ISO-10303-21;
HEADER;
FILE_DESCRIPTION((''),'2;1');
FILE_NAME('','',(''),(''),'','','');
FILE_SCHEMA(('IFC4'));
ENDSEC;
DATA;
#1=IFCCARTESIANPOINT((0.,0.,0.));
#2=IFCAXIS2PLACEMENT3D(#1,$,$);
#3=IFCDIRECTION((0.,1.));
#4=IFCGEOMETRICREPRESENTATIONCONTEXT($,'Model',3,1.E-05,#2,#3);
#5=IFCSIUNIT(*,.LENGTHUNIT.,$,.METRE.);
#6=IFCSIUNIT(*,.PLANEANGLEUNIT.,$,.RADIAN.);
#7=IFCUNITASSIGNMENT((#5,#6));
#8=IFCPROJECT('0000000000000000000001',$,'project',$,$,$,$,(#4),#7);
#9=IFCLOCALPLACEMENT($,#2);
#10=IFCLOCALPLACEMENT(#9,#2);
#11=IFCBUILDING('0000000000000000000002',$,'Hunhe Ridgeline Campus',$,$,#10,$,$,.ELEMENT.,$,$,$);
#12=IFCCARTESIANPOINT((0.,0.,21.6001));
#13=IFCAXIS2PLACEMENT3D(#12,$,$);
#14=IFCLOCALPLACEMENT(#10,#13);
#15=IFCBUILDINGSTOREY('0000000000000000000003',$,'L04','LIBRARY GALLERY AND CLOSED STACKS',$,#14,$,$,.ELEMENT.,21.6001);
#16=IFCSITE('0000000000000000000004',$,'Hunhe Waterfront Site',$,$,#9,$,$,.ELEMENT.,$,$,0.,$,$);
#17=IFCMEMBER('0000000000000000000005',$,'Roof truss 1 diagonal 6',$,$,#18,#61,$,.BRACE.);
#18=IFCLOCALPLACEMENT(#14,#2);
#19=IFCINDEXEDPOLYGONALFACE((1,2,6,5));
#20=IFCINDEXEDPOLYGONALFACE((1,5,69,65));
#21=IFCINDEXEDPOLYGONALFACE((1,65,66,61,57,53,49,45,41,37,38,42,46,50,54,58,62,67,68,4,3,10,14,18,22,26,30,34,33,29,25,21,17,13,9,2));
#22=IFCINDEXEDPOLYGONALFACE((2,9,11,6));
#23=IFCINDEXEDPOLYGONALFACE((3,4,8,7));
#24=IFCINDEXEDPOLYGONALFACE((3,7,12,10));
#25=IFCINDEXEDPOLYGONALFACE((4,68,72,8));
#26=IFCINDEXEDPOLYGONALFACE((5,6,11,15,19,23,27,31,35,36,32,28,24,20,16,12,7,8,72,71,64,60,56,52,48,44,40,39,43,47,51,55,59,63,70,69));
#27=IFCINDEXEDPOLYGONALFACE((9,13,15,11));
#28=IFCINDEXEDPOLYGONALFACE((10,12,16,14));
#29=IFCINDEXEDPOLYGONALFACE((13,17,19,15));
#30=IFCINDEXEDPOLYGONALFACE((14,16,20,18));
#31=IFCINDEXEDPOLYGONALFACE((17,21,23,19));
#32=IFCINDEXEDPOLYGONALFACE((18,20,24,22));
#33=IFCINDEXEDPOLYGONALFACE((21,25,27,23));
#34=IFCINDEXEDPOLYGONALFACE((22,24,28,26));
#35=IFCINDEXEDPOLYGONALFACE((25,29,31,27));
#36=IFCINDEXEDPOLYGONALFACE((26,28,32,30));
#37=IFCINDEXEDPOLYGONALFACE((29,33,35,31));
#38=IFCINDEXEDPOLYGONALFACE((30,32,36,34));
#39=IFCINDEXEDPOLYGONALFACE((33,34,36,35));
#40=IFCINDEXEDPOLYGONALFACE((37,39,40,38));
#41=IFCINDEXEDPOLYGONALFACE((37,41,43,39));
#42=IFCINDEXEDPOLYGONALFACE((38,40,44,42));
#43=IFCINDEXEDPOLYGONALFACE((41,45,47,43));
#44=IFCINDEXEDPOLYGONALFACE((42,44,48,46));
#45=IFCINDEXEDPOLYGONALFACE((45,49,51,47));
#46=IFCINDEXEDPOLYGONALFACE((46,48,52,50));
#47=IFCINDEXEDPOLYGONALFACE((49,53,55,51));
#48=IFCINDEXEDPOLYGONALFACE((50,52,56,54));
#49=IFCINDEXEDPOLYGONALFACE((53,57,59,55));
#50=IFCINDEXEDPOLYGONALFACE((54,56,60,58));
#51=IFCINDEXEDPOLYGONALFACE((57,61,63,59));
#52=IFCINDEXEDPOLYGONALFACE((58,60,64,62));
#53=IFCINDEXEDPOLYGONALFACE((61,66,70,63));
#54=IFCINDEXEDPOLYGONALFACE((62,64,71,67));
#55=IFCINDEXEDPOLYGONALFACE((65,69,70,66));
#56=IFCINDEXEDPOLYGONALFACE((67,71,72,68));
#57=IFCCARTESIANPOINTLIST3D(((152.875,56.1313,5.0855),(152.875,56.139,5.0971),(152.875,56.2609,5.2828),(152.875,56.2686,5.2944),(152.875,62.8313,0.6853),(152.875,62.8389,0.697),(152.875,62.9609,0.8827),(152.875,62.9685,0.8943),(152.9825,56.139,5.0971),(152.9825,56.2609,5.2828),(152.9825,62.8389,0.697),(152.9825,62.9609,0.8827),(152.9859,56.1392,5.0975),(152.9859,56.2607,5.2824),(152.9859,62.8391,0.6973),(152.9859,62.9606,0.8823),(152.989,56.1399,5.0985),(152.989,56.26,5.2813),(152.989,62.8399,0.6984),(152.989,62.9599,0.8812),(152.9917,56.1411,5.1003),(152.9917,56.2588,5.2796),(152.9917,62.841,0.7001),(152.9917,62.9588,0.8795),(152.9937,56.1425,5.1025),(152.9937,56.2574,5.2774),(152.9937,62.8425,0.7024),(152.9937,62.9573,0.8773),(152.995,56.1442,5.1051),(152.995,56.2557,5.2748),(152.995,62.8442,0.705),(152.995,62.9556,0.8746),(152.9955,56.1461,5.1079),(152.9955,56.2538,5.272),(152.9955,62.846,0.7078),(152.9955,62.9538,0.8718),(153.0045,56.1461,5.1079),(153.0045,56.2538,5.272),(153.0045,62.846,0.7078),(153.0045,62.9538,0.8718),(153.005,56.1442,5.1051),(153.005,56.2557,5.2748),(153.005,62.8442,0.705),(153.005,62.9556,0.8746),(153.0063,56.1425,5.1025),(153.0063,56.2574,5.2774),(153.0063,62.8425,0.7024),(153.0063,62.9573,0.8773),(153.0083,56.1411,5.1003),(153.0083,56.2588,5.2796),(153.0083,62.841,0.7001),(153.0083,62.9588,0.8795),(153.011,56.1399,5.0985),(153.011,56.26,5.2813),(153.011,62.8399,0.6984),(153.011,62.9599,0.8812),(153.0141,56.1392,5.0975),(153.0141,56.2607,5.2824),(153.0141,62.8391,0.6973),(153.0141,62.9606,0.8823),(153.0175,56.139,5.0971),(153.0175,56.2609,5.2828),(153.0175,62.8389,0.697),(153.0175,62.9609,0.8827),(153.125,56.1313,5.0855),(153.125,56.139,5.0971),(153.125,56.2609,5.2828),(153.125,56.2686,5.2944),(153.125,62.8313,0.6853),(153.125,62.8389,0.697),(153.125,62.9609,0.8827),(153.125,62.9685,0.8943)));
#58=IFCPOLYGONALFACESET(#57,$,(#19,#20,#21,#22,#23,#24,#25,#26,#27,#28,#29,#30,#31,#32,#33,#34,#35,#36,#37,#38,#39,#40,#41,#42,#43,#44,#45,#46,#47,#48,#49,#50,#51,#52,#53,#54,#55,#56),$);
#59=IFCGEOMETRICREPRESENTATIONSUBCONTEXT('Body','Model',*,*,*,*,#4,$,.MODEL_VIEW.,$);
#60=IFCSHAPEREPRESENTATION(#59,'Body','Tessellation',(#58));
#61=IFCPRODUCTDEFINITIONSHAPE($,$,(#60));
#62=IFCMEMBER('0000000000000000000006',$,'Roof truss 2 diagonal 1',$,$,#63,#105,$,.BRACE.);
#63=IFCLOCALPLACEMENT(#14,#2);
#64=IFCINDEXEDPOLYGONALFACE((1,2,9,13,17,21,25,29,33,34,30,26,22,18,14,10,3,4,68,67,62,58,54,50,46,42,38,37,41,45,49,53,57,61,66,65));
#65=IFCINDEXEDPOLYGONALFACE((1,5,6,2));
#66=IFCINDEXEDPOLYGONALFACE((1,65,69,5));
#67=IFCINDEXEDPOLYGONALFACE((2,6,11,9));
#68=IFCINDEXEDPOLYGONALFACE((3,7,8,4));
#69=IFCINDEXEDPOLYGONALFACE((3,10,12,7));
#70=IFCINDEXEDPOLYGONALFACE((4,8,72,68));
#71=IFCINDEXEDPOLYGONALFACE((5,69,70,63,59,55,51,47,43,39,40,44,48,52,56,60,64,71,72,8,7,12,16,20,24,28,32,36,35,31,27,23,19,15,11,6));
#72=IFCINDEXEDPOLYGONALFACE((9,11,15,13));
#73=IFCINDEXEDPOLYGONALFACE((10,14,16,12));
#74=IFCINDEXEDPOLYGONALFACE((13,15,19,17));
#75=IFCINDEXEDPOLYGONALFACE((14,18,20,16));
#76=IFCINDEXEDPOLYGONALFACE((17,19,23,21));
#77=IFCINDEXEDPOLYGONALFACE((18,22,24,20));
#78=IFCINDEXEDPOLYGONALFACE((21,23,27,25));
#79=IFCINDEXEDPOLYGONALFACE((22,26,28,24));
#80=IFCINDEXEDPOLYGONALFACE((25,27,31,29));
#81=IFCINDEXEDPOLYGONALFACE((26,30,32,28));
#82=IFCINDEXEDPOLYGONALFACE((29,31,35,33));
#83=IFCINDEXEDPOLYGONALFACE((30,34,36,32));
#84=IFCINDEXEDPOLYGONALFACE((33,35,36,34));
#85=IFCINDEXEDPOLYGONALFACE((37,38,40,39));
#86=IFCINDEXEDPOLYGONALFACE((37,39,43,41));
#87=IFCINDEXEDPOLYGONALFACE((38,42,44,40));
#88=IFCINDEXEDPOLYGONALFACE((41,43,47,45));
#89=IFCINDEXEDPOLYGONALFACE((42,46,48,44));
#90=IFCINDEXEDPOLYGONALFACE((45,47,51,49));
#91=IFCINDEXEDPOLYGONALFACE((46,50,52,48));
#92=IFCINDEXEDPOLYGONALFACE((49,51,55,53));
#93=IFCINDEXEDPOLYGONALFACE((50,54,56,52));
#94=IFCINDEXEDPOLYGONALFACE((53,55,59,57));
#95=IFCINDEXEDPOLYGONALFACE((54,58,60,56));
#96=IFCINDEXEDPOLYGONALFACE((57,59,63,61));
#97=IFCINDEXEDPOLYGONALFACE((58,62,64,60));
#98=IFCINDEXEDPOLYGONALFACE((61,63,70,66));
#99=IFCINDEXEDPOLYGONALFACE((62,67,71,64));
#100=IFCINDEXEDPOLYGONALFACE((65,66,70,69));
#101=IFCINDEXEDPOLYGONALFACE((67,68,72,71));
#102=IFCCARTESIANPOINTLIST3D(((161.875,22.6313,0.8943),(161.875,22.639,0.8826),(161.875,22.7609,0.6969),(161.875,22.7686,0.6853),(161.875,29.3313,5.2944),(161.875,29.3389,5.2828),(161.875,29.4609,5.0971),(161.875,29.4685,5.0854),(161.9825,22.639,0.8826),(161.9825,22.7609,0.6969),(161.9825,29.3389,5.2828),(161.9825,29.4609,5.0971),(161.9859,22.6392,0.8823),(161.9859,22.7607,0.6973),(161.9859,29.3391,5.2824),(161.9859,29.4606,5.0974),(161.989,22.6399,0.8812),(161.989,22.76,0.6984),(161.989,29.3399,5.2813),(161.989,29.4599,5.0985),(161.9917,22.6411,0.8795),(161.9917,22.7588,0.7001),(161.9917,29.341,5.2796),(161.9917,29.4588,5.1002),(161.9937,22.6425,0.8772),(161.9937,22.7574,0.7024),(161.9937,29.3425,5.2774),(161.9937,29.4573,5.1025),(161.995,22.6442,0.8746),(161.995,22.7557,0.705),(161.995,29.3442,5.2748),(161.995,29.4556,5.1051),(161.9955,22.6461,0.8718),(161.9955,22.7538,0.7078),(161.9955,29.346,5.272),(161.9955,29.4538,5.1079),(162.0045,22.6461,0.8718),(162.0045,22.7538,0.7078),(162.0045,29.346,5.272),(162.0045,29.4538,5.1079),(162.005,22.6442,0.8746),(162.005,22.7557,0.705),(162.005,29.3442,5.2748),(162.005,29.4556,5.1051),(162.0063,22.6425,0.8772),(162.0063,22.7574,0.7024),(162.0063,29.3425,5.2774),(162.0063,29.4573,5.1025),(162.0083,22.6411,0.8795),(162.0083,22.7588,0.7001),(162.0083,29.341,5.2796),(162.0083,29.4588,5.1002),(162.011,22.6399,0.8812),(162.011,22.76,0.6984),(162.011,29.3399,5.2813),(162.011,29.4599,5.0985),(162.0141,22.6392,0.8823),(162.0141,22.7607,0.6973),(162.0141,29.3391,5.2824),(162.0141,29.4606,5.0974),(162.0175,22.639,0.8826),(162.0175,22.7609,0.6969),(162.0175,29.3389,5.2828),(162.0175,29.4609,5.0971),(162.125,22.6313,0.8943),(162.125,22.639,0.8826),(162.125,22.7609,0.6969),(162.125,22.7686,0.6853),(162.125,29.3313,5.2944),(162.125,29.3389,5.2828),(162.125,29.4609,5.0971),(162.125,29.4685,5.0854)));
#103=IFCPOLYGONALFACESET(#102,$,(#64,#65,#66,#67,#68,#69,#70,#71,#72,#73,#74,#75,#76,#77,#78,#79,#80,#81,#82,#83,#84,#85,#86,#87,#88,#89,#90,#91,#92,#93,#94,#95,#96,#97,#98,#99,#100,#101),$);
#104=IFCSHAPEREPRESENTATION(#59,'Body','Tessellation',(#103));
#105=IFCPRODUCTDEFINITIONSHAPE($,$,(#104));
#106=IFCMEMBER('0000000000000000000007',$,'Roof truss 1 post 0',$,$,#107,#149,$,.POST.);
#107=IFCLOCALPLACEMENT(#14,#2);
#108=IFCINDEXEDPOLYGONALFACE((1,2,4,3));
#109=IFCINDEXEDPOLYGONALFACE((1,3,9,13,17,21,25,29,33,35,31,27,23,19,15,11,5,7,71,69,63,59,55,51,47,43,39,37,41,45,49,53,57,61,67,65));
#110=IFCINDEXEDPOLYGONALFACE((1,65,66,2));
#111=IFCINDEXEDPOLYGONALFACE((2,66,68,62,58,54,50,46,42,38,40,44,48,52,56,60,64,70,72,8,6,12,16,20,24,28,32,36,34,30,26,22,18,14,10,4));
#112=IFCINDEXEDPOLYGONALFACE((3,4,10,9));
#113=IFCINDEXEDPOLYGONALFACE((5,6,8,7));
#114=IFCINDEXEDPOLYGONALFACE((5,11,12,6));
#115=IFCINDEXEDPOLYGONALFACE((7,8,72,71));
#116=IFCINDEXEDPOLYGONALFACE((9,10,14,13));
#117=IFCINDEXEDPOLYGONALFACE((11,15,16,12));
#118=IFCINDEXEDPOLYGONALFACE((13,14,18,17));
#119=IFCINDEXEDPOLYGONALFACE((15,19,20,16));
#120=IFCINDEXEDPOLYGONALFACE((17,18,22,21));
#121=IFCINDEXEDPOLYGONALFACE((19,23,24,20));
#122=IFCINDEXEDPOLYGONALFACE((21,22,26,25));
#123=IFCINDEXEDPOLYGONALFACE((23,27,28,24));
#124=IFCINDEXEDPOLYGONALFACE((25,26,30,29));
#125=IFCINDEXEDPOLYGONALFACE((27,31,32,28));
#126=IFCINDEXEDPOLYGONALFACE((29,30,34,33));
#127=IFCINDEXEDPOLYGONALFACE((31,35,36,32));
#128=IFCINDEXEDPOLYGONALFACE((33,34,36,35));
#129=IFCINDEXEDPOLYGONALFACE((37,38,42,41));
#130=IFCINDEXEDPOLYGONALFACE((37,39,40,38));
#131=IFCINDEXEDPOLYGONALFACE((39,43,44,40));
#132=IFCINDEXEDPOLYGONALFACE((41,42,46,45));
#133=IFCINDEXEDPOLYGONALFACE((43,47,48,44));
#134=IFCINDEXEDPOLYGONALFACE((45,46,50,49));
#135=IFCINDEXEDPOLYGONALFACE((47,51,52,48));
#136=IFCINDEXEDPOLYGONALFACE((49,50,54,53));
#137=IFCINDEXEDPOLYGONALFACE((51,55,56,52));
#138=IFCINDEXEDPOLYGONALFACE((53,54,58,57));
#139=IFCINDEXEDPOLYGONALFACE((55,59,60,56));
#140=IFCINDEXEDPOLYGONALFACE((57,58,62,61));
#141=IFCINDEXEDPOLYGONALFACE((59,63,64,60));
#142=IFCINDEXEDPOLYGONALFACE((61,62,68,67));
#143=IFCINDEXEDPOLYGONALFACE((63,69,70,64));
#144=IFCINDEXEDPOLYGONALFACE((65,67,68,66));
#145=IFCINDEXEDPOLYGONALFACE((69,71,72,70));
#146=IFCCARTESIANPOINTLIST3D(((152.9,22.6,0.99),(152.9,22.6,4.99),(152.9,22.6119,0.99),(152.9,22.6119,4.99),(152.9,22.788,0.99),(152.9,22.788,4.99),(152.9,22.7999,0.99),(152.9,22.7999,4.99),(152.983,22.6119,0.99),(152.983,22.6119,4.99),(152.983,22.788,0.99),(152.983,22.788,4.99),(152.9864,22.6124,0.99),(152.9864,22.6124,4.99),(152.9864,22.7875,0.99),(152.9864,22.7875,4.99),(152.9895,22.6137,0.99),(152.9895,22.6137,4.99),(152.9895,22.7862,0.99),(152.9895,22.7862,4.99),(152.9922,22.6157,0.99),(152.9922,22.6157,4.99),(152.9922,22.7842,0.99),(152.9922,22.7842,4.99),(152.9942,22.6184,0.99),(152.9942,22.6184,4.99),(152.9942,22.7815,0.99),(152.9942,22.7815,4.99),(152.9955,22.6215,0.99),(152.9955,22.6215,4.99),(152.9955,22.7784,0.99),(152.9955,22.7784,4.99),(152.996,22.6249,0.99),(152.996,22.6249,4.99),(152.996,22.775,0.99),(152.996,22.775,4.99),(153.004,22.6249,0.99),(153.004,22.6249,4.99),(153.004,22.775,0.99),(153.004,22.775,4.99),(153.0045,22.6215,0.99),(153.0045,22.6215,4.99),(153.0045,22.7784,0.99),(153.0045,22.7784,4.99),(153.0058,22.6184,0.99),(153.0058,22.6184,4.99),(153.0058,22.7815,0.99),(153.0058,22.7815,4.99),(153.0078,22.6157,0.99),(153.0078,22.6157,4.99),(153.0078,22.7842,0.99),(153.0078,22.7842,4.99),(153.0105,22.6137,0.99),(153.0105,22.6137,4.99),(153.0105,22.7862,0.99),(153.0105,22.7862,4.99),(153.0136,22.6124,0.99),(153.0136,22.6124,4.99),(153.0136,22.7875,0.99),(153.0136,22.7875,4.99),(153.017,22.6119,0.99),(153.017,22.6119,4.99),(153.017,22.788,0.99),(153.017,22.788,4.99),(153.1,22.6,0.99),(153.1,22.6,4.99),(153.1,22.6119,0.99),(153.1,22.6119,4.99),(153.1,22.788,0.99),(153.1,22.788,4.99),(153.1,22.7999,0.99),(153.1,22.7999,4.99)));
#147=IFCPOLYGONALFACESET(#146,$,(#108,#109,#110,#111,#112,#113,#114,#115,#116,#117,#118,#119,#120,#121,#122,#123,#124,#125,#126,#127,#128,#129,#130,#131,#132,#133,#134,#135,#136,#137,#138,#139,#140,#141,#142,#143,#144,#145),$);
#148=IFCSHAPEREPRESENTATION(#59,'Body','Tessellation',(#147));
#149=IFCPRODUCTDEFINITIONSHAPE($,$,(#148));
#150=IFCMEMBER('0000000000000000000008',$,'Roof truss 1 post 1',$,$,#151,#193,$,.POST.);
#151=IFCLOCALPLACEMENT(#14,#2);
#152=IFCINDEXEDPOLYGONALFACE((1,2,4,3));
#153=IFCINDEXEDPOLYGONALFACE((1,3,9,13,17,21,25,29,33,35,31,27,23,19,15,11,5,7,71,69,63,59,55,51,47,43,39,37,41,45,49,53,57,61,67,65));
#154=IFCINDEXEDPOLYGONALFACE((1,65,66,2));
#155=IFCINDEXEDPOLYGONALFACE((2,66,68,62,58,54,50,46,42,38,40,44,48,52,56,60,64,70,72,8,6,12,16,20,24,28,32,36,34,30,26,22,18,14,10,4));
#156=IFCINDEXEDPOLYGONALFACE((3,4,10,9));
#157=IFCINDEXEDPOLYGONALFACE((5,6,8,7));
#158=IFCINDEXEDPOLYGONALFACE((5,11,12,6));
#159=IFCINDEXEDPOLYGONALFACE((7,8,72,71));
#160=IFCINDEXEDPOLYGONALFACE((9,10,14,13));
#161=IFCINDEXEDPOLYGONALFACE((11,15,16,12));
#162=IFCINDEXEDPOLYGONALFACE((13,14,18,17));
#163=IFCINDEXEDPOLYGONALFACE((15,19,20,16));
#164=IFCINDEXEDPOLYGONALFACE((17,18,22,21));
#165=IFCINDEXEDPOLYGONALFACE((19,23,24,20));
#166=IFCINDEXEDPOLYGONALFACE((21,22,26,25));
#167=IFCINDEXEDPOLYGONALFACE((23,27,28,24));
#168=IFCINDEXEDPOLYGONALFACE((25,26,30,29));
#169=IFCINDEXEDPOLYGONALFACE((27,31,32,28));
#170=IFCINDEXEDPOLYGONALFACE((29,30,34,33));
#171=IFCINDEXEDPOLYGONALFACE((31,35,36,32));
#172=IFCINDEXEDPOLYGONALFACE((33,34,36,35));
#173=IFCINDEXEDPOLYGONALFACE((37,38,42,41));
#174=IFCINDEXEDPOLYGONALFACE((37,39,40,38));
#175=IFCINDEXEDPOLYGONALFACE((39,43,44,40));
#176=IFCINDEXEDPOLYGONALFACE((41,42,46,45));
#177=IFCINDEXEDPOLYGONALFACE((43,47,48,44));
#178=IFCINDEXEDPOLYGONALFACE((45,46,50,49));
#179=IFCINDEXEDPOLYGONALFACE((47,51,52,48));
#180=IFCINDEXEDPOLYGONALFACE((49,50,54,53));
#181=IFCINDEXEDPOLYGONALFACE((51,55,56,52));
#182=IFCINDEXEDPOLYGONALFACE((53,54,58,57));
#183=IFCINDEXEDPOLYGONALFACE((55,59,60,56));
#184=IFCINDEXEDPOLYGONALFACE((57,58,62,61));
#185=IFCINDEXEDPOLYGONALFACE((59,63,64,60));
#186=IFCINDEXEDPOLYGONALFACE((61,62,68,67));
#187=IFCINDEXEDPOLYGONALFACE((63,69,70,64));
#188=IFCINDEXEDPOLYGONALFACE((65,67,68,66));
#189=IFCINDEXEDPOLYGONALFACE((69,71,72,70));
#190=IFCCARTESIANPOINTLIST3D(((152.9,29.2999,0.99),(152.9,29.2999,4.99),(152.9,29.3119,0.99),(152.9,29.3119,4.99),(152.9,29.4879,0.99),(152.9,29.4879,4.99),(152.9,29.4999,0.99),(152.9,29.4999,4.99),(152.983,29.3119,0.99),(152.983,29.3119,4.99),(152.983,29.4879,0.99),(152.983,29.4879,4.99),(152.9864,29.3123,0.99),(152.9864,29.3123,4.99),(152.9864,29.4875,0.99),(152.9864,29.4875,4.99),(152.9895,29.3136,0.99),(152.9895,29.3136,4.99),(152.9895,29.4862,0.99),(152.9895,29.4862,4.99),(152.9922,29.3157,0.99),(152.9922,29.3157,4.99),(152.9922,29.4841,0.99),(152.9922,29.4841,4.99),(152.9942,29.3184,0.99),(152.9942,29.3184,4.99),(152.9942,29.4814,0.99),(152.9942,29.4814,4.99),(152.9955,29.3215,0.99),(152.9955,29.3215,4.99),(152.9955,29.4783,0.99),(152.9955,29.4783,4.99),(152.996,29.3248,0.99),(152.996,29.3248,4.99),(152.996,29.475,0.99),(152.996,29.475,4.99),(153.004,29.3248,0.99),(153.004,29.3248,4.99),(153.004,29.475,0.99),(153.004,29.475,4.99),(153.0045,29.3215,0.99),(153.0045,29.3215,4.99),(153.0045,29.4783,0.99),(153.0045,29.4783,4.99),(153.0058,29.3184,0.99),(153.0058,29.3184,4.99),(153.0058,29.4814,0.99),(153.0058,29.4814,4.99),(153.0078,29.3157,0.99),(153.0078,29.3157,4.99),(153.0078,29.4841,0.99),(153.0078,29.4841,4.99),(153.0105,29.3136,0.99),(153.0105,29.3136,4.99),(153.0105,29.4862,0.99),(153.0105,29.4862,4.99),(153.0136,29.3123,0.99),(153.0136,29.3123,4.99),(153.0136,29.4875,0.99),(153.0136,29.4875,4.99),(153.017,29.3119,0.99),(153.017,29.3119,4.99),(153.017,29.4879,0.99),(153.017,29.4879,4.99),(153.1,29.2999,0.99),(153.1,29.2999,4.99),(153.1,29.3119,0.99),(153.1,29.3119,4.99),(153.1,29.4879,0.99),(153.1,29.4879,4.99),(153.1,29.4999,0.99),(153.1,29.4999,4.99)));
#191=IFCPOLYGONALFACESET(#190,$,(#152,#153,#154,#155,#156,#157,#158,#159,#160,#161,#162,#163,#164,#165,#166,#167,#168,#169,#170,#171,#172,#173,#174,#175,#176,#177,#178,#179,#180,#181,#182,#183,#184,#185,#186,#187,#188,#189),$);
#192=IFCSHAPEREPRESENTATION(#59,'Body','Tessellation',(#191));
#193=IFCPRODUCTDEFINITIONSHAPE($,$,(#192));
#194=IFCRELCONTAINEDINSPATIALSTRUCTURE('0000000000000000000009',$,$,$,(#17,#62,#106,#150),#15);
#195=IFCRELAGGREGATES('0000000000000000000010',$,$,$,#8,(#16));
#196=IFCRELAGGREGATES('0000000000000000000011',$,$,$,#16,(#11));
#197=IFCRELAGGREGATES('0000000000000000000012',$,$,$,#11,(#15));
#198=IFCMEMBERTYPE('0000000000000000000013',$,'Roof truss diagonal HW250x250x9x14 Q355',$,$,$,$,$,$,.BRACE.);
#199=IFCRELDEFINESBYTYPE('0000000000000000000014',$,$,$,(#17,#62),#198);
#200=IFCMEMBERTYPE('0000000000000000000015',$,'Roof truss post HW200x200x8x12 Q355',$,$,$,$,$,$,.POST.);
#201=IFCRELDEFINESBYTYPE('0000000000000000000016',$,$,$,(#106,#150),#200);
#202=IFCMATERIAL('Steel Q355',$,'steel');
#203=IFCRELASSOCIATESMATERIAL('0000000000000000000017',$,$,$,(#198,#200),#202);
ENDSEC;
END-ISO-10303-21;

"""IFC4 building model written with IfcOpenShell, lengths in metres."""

from ifc_helpers import new_model, si_unit, direction, frame, origin, origin_2d, place, context, subcontext, project, spatial, i_section, extrude, material, material_profile, profile_set, type_object, element, save


model = new_model("IFC4")

# Units and contexts
model_context = context("Model", 3, precision=1e-05, world=origin(), true_north=direction((0.0, 1.0)))
body_context = subcontext(model_context, "Body", "Model", "MODEL_VIEW")
ifc_project = project(units=[si_unit("LENGTHUNIT", "METRE"), si_unit("PLANEANGLEUNIT", "RADIAN")], contexts=[model_context])

# Site, building, storey
site_placement = place(None, origin())
site = spatial("IfcSite", under=ifc_project, at=site_placement, Name="Hunhe Waterfront Site", CompositionType="ELEMENT", RefElevation=0.0)
building_placement = place(site_placement, origin())
building = spatial("IfcBuilding", under=site, at=building_placement, Name="Hunhe Ridgeline Campus", CompositionType="ELEMENT")
storey_placement = place(building_placement, frame((0.0, 0.0, 21.6001)))
storey = spatial("IfcBuildingStorey", under=building, at=storey_placement, Name="L04", Description="LIBRARY GALLERY AND CLOSED STACKS", CompositionType="ELEMENT", Elevation=21.6001)

# Members
ifc_material_1 = material(Name="Steel Q355", Category="steel")
ifc_material_profile_1 = material_profile(ifc_material_1, i_section(OverallWidth=0.25, OverallDepth=0.25, WebThickness=0.009, FlangeThickness=0.0139, FilletRadius=0.0129, at=origin_2d()))
ifc_profile_set_1 = profile_set([ifc_material_profile_1], Name="Steel Q355")
member_type_1 = type_object("IfcMemberType", Name="Roof truss diagonal HW250x250x9x14 Q355", PredefinedType="BRACE", material=ifc_profile_set_1)
for number, where, z_axis, x_axis, name in (
    (1, (153.0, 56.2, 5.1899), (0.0, 0.835859, -0.548944), (-1.0, 0.0, 0.0), "Roof truss 1 diagonal 6"),
    (2, (162.0, 22.7, 0.7898), (0.0, 0.835859, 0.548944), (-1.0, 0.0, 0.0), "Roof truss 2 diagonal 1"),
):
    element("IfcMember", number, at=place(storey_placement, frame(where, z_axis=z_axis, x_axis=x_axis)), inside=storey, type_object=member_type_1, Name=name, PredefinedType="BRACE", context=body_context, shape_type="SweptSolid", body=[
        extrude(i_section(OverallWidth=0.25, OverallDepth=0.25, WebThickness=0.009, FlangeThickness=0.0139, FilletRadius=0.0129, at=origin_2d()), origin(), (0.0, 0.0, 1.0), 8.0156),
    ])
ifc_material_profile_2 = material_profile(ifc_material_1, i_section(OverallWidth=0.2, OverallDepth=0.2, WebThickness=0.0081, FlangeThickness=0.012, FilletRadius=0.0129, at=origin_2d()))
ifc_profile_set_2 = profile_set([ifc_material_profile_2], Name="Steel Q355")
member_type_2 = type_object("IfcMemberType", Name="Roof truss post HW200x200x8x12 Q355", PredefinedType="POST", material=ifc_profile_set_2)
for number, where, z_axis, x_axis, name in (
    (3, (153.0, 22.7, 0.99), (0.0, 0.0, 1.0), (1.0, 0.0, 0.0), "Roof truss 1 post 0"),
    (4, (153.0, 29.3999, 0.99), (0.0, 0.0, 1.0), (1.0, 0.0, 0.0), "Roof truss 1 post 1"),
):
    element("IfcMember", number, at=place(storey_placement, frame(where, z_axis=z_axis, x_axis=x_axis)), inside=storey, type_object=member_type_2, Name=name, PredefinedType="POST", context=body_context, shape_type="SweptSolid", body=[
        extrude(i_section(OverallWidth=0.2, OverallDepth=0.2, WebThickness=0.0081, FlangeThickness=0.012, FilletRadius=0.0129, at=origin_2d()), origin(), (0.0, 0.0, 1.0), 4.0),
    ])

save(model, "model.ifc")
